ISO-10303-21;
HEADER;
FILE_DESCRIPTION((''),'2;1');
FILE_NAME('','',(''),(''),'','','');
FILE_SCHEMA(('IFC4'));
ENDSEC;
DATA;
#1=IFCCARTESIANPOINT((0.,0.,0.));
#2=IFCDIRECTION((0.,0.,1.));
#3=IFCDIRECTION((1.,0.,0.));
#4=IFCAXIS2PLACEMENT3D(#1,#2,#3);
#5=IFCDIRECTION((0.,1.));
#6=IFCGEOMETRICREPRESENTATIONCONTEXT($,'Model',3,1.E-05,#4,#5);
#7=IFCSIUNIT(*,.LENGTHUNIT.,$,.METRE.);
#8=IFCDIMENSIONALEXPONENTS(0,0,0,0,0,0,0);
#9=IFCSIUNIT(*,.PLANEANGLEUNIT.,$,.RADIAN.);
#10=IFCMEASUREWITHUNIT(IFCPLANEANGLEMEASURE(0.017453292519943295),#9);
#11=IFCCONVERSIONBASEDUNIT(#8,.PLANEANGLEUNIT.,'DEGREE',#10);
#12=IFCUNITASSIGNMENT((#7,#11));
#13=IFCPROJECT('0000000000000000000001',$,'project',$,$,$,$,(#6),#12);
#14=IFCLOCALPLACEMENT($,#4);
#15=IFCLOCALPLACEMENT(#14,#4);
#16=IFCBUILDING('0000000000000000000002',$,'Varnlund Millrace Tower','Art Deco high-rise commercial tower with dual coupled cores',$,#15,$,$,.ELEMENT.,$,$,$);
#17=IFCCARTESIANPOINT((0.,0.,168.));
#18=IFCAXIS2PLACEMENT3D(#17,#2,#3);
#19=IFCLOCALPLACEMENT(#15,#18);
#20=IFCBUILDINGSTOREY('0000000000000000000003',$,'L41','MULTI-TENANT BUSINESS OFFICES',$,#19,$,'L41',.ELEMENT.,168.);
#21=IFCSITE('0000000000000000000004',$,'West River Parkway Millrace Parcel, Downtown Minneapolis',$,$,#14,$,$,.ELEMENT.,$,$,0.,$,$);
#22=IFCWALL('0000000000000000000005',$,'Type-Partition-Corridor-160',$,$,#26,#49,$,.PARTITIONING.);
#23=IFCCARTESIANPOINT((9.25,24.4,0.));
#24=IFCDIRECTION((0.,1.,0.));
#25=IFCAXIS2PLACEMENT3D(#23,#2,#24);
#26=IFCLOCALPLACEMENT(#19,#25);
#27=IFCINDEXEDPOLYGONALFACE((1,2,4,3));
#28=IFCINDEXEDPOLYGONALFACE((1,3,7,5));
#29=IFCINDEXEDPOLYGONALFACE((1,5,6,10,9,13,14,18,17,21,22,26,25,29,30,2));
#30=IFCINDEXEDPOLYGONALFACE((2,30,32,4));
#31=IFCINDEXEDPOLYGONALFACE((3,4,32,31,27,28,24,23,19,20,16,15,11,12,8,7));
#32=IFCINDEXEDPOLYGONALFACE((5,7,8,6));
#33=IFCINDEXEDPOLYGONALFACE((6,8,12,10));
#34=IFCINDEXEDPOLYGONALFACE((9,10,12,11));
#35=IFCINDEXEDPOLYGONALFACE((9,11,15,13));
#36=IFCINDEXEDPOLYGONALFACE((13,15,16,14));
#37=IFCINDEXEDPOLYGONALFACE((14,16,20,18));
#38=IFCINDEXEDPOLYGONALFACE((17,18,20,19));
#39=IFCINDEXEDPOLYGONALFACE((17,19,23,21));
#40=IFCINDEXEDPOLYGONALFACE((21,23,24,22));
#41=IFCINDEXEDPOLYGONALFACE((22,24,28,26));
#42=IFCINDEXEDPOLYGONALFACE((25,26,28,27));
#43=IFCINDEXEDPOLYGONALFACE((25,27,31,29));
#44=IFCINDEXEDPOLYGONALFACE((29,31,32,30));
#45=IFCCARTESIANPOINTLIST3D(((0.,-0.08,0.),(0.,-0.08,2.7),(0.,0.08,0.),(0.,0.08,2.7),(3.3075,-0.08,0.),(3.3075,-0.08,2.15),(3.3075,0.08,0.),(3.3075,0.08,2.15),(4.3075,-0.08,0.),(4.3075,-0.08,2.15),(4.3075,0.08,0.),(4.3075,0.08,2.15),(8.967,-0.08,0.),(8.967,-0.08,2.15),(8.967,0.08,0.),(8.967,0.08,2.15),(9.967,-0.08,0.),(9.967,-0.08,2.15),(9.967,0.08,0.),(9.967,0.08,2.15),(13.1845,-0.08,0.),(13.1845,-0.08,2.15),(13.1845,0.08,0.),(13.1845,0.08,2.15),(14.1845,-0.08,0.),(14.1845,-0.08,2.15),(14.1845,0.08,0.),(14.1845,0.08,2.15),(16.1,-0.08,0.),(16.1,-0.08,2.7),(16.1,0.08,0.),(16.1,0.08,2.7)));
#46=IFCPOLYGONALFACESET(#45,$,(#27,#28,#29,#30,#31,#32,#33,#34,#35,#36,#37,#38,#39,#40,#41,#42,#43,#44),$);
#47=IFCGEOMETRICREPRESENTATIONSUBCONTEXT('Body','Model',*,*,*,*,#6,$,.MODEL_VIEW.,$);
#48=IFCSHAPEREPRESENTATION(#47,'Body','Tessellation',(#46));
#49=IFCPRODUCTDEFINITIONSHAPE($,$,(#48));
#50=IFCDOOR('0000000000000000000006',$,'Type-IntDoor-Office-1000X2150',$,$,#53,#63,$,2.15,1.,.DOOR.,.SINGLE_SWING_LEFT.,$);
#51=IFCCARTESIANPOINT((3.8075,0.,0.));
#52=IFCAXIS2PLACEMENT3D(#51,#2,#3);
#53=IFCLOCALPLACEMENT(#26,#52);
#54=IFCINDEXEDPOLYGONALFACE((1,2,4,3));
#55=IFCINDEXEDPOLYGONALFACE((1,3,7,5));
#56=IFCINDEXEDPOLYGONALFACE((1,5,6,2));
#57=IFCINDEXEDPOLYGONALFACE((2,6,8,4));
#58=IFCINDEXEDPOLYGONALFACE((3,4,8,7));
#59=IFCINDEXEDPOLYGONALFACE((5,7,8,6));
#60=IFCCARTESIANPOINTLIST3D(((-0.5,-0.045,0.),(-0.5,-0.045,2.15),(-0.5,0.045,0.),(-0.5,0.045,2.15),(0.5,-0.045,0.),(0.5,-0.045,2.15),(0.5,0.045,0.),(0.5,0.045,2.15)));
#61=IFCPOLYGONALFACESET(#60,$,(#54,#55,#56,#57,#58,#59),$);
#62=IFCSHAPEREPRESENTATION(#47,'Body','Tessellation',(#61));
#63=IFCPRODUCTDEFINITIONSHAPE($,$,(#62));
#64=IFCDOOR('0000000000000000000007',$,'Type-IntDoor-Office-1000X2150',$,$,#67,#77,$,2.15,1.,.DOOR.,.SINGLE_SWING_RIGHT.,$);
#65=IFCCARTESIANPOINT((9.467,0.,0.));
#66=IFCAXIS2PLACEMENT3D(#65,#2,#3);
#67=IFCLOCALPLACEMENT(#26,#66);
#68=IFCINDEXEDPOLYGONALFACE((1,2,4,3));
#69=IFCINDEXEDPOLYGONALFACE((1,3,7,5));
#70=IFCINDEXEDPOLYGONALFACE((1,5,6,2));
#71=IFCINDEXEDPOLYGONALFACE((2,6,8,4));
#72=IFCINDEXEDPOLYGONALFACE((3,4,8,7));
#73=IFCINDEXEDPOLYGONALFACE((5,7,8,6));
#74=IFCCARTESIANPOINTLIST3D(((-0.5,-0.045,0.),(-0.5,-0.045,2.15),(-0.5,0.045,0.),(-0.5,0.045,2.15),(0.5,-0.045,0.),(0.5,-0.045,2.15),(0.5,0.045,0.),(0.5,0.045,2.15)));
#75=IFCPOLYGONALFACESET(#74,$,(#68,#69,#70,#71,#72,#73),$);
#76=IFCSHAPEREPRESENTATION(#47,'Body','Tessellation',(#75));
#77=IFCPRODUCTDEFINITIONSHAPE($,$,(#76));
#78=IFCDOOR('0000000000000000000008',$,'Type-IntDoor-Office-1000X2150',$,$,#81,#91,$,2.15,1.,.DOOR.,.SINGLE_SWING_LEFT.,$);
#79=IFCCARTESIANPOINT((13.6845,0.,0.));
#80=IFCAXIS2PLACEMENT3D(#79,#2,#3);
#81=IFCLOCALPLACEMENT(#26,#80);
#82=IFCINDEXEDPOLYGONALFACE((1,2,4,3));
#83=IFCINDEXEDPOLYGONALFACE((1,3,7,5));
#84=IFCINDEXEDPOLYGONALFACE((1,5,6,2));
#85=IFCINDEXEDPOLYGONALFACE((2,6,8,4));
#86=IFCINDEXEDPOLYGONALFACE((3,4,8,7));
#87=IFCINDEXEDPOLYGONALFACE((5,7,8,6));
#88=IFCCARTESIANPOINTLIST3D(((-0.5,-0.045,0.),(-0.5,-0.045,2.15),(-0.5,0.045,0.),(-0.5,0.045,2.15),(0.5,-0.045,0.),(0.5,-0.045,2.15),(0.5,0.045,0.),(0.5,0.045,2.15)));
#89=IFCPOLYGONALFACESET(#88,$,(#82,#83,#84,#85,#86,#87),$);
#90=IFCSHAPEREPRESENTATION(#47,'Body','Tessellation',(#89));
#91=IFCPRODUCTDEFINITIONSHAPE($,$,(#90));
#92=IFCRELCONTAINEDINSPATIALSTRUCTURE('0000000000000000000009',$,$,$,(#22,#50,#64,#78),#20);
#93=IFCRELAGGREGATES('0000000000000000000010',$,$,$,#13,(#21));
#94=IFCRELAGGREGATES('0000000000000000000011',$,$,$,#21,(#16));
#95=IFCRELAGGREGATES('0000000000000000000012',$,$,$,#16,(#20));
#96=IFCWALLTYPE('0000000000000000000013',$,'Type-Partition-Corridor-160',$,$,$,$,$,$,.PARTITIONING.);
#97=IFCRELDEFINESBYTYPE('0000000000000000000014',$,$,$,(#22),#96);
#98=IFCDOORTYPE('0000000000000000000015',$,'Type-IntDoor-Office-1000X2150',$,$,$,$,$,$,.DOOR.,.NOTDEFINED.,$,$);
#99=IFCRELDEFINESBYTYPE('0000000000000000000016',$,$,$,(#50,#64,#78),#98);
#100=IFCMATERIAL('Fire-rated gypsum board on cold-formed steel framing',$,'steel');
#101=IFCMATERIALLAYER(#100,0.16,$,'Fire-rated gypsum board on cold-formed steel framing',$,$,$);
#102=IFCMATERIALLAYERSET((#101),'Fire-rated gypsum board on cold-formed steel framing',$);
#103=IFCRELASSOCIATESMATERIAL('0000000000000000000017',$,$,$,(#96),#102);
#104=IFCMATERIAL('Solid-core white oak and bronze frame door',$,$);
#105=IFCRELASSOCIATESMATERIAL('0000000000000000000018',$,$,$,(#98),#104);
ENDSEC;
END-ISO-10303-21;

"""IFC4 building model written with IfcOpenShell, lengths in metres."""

from ifc_helpers import new_model, entity, si_unit, converted_unit, direction, frame, origin_with_axes, origin_2d_with_axis, place, context, subcontext, project, spatial, polyline, rectangle, outline, extrude, material, layer, layer_set, type_object, element, fill, save


model = new_model("IFC4")

# Units and contexts
model_context = context("Model", 3, precision=1e-05, world=origin_with_axes(), true_north=direction((0.0, 1.0)))
body_context = subcontext(model_context, "Body", "Model", "MODEL_VIEW")
ifc_project = project(units=[si_unit("LENGTHUNIT", "METRE"), converted_unit("PLANEANGLEUNIT", "DEGREE", entity("IfcPlaneAngleMeasure", 0.017453292519943295), si_unit("PLANEANGLEUNIT", "RADIAN"), dimensions=[0, 0, 0, 0, 0, 0, 0])], contexts=[model_context])

# Site, building, storey
site_placement = place(None, origin_with_axes())
site = spatial("IfcSite", under=ifc_project, at=site_placement, Name="West River Parkway Millrace Parcel, Downtown Minneapolis", CompositionType="ELEMENT", RefElevation=0.0)
building_placement = place(site_placement, origin_with_axes())
building = spatial("IfcBuilding", under=site, at=building_placement, Name="Varnlund Millrace Tower", Description="Art Deco high-rise commercial tower with dual coupled cores", CompositionType="ELEMENT")
storey_placement = place(building_placement, frame((0.0, 0.0, 168.0), z_axis=(0.0, 0.0, 1.0), x_axis=(1.0, 0.0, 0.0)))
storey = spatial("IfcBuildingStorey", under=building, at=storey_placement, Name="L41", Description="MULTI-TENANT BUSINESS OFFICES", LongName="L41", CompositionType="ELEMENT", Elevation=168.0)

# Wall, openings, doors
ifc_material_1 = material(Name="Fire-rated gypsum board on cold-formed steel framing", Category="steel")
ifc_layer_1 = layer(ifc_material_1, 0.16, Name="Fire-rated gypsum board on cold-formed steel framing")
ifc_layer_set_1 = layer_set([ifc_layer_1], Name="Fire-rated gypsum board on cold-formed steel framing")
wall_type_1 = type_object("IfcWallType", Name="Type-Partition-Corridor-160", PredefinedType="PARTITIONING", material=ifc_layer_set_1)
ifc_material_2 = material(Name="Solid-core white oak and bronze frame door")
door_type_1 = type_object("IfcDoorType", Name="Type-IntDoor-Office-1000X2150", OperationType="NOTDEFINED", PredefinedType="DOOR", material=ifc_material_2)
wall_1_placement = place(storey_placement, frame((9.25, 24.4, 0.0), z_axis=(0.0, 0.0, 1.0), x_axis=(0.0, 1.0, 0.0)))
wall_1 = element("IfcWall", 1, at=wall_1_placement, inside=storey, type_object=wall_type_1, Name="Type-Partition-Corridor-160", PredefinedType="PARTITIONING", context=body_context, shape_type="SweptSolid", body=[
    extrude(outline(polyline([(0.0, -0.08), (16.1, -0.08), (16.1, 0.08), (0.0, 0.08), (0.0, -0.08)])), origin_with_axes(), (0.0, 0.0, 1.0), 2.7),
])
opening_1_placement = place(wall_1_placement, frame((3.8075, 0.0, 0.0), z_axis=(0.0, 0.0, 1.0), x_axis=(1.0, 0.0, 0.0)))
opening_1 = element("IfcOpeningElement", 2, at=opening_1_placement, cuts=wall_1, PredefinedType="OPENING", context=body_context, shape_type="SweptSolid", body=[
    extrude(rectangle(XDim=1.0, YDim=0.18, at=origin_2d_with_axis()), origin_with_axes(), (0.0, 0.0, 1.0), 2.15),
])
opening_2_placement = place(wall_1_placement, frame((9.467, 0.0, 0.0), z_axis=(0.0, 0.0, 1.0), x_axis=(1.0, 0.0, 0.0)))
opening_2 = element("IfcOpeningElement", 3, at=opening_2_placement, cuts=wall_1, PredefinedType="OPENING", context=body_context, shape_type="SweptSolid", body=[
    extrude(rectangle(XDim=1.0, YDim=0.18, at=origin_2d_with_axis()), origin_with_axes(), (0.0, 0.0, 1.0), 2.15),
])
opening_3_placement = place(wall_1_placement, frame((13.6845, 0.0, 0.0), z_axis=(0.0, 0.0, 1.0), x_axis=(1.0, 0.0, 0.0)))
opening_3 = element("IfcOpeningElement", 4, at=opening_3_placement, cuts=wall_1, PredefinedType="OPENING", context=body_context, shape_type="SweptSolid", body=[
    extrude(rectangle(XDim=1.0, YDim=0.18, at=origin_2d_with_axis()), origin_with_axes(), (0.0, 0.0, 1.0), 2.15),
])
door_1_placement = place(wall_1_placement, frame((3.8075, 0.0, 0.0), z_axis=(0.0, 0.0, 1.0), x_axis=(1.0, 0.0, 0.0)))
door_1 = element("IfcDoor", 5, at=door_1_placement, inside=storey, type_object=door_type_1, Name="Type-IntDoor-Office-1000X2150", OperationType="SINGLE_SWING_LEFT", OverallHeight=2.15, OverallWidth=1.0, PredefinedType="DOOR", context=body_context, shape_type="SweptSolid", body=[
    extrude(rectangle(XDim=1.0, YDim=0.09, at=origin_2d_with_axis()), origin_with_axes(), (0.0, 0.0, 1.0), 2.15),
])
fill(opening_1, door_1)
door_2_placement = place(wall_1_placement, frame((9.467, 0.0, 0.0), z_axis=(0.0, 0.0, 1.0), x_axis=(1.0, 0.0, 0.0)))
door_2 = element("IfcDoor", 6, at=door_2_placement, inside=storey, type_object=door_type_1, Name="Type-IntDoor-Office-1000X2150", OperationType="SINGLE_SWING_RIGHT", OverallHeight=2.15, OverallWidth=1.0, PredefinedType="DOOR", context=body_context, shape_type="SweptSolid", body=[
    extrude(rectangle(XDim=1.0, YDim=0.09, at=origin_2d_with_axis()), origin_with_axes(), (0.0, 0.0, 1.0), 2.15),
])
fill(opening_2, door_2)
door_3_placement = place(wall_1_placement, frame((13.6845, 0.0, 0.0), z_axis=(0.0, 0.0, 1.0), x_axis=(1.0, 0.0, 0.0)))
door_3 = element("IfcDoor", 7, at=door_3_placement, inside=storey, type_object=door_type_1, Name="Type-IntDoor-Office-1000X2150", OperationType="SINGLE_SWING_LEFT", OverallHeight=2.15, OverallWidth=1.0, PredefinedType="DOOR", context=body_context, shape_type="SweptSolid", body=[
    extrude(rectangle(XDim=1.0, YDim=0.09, at=origin_2d_with_axis()), origin_with_axes(), (0.0, 0.0, 1.0), 2.15),
])
fill(opening_3, door_3)

save(model, "model.ifc")
